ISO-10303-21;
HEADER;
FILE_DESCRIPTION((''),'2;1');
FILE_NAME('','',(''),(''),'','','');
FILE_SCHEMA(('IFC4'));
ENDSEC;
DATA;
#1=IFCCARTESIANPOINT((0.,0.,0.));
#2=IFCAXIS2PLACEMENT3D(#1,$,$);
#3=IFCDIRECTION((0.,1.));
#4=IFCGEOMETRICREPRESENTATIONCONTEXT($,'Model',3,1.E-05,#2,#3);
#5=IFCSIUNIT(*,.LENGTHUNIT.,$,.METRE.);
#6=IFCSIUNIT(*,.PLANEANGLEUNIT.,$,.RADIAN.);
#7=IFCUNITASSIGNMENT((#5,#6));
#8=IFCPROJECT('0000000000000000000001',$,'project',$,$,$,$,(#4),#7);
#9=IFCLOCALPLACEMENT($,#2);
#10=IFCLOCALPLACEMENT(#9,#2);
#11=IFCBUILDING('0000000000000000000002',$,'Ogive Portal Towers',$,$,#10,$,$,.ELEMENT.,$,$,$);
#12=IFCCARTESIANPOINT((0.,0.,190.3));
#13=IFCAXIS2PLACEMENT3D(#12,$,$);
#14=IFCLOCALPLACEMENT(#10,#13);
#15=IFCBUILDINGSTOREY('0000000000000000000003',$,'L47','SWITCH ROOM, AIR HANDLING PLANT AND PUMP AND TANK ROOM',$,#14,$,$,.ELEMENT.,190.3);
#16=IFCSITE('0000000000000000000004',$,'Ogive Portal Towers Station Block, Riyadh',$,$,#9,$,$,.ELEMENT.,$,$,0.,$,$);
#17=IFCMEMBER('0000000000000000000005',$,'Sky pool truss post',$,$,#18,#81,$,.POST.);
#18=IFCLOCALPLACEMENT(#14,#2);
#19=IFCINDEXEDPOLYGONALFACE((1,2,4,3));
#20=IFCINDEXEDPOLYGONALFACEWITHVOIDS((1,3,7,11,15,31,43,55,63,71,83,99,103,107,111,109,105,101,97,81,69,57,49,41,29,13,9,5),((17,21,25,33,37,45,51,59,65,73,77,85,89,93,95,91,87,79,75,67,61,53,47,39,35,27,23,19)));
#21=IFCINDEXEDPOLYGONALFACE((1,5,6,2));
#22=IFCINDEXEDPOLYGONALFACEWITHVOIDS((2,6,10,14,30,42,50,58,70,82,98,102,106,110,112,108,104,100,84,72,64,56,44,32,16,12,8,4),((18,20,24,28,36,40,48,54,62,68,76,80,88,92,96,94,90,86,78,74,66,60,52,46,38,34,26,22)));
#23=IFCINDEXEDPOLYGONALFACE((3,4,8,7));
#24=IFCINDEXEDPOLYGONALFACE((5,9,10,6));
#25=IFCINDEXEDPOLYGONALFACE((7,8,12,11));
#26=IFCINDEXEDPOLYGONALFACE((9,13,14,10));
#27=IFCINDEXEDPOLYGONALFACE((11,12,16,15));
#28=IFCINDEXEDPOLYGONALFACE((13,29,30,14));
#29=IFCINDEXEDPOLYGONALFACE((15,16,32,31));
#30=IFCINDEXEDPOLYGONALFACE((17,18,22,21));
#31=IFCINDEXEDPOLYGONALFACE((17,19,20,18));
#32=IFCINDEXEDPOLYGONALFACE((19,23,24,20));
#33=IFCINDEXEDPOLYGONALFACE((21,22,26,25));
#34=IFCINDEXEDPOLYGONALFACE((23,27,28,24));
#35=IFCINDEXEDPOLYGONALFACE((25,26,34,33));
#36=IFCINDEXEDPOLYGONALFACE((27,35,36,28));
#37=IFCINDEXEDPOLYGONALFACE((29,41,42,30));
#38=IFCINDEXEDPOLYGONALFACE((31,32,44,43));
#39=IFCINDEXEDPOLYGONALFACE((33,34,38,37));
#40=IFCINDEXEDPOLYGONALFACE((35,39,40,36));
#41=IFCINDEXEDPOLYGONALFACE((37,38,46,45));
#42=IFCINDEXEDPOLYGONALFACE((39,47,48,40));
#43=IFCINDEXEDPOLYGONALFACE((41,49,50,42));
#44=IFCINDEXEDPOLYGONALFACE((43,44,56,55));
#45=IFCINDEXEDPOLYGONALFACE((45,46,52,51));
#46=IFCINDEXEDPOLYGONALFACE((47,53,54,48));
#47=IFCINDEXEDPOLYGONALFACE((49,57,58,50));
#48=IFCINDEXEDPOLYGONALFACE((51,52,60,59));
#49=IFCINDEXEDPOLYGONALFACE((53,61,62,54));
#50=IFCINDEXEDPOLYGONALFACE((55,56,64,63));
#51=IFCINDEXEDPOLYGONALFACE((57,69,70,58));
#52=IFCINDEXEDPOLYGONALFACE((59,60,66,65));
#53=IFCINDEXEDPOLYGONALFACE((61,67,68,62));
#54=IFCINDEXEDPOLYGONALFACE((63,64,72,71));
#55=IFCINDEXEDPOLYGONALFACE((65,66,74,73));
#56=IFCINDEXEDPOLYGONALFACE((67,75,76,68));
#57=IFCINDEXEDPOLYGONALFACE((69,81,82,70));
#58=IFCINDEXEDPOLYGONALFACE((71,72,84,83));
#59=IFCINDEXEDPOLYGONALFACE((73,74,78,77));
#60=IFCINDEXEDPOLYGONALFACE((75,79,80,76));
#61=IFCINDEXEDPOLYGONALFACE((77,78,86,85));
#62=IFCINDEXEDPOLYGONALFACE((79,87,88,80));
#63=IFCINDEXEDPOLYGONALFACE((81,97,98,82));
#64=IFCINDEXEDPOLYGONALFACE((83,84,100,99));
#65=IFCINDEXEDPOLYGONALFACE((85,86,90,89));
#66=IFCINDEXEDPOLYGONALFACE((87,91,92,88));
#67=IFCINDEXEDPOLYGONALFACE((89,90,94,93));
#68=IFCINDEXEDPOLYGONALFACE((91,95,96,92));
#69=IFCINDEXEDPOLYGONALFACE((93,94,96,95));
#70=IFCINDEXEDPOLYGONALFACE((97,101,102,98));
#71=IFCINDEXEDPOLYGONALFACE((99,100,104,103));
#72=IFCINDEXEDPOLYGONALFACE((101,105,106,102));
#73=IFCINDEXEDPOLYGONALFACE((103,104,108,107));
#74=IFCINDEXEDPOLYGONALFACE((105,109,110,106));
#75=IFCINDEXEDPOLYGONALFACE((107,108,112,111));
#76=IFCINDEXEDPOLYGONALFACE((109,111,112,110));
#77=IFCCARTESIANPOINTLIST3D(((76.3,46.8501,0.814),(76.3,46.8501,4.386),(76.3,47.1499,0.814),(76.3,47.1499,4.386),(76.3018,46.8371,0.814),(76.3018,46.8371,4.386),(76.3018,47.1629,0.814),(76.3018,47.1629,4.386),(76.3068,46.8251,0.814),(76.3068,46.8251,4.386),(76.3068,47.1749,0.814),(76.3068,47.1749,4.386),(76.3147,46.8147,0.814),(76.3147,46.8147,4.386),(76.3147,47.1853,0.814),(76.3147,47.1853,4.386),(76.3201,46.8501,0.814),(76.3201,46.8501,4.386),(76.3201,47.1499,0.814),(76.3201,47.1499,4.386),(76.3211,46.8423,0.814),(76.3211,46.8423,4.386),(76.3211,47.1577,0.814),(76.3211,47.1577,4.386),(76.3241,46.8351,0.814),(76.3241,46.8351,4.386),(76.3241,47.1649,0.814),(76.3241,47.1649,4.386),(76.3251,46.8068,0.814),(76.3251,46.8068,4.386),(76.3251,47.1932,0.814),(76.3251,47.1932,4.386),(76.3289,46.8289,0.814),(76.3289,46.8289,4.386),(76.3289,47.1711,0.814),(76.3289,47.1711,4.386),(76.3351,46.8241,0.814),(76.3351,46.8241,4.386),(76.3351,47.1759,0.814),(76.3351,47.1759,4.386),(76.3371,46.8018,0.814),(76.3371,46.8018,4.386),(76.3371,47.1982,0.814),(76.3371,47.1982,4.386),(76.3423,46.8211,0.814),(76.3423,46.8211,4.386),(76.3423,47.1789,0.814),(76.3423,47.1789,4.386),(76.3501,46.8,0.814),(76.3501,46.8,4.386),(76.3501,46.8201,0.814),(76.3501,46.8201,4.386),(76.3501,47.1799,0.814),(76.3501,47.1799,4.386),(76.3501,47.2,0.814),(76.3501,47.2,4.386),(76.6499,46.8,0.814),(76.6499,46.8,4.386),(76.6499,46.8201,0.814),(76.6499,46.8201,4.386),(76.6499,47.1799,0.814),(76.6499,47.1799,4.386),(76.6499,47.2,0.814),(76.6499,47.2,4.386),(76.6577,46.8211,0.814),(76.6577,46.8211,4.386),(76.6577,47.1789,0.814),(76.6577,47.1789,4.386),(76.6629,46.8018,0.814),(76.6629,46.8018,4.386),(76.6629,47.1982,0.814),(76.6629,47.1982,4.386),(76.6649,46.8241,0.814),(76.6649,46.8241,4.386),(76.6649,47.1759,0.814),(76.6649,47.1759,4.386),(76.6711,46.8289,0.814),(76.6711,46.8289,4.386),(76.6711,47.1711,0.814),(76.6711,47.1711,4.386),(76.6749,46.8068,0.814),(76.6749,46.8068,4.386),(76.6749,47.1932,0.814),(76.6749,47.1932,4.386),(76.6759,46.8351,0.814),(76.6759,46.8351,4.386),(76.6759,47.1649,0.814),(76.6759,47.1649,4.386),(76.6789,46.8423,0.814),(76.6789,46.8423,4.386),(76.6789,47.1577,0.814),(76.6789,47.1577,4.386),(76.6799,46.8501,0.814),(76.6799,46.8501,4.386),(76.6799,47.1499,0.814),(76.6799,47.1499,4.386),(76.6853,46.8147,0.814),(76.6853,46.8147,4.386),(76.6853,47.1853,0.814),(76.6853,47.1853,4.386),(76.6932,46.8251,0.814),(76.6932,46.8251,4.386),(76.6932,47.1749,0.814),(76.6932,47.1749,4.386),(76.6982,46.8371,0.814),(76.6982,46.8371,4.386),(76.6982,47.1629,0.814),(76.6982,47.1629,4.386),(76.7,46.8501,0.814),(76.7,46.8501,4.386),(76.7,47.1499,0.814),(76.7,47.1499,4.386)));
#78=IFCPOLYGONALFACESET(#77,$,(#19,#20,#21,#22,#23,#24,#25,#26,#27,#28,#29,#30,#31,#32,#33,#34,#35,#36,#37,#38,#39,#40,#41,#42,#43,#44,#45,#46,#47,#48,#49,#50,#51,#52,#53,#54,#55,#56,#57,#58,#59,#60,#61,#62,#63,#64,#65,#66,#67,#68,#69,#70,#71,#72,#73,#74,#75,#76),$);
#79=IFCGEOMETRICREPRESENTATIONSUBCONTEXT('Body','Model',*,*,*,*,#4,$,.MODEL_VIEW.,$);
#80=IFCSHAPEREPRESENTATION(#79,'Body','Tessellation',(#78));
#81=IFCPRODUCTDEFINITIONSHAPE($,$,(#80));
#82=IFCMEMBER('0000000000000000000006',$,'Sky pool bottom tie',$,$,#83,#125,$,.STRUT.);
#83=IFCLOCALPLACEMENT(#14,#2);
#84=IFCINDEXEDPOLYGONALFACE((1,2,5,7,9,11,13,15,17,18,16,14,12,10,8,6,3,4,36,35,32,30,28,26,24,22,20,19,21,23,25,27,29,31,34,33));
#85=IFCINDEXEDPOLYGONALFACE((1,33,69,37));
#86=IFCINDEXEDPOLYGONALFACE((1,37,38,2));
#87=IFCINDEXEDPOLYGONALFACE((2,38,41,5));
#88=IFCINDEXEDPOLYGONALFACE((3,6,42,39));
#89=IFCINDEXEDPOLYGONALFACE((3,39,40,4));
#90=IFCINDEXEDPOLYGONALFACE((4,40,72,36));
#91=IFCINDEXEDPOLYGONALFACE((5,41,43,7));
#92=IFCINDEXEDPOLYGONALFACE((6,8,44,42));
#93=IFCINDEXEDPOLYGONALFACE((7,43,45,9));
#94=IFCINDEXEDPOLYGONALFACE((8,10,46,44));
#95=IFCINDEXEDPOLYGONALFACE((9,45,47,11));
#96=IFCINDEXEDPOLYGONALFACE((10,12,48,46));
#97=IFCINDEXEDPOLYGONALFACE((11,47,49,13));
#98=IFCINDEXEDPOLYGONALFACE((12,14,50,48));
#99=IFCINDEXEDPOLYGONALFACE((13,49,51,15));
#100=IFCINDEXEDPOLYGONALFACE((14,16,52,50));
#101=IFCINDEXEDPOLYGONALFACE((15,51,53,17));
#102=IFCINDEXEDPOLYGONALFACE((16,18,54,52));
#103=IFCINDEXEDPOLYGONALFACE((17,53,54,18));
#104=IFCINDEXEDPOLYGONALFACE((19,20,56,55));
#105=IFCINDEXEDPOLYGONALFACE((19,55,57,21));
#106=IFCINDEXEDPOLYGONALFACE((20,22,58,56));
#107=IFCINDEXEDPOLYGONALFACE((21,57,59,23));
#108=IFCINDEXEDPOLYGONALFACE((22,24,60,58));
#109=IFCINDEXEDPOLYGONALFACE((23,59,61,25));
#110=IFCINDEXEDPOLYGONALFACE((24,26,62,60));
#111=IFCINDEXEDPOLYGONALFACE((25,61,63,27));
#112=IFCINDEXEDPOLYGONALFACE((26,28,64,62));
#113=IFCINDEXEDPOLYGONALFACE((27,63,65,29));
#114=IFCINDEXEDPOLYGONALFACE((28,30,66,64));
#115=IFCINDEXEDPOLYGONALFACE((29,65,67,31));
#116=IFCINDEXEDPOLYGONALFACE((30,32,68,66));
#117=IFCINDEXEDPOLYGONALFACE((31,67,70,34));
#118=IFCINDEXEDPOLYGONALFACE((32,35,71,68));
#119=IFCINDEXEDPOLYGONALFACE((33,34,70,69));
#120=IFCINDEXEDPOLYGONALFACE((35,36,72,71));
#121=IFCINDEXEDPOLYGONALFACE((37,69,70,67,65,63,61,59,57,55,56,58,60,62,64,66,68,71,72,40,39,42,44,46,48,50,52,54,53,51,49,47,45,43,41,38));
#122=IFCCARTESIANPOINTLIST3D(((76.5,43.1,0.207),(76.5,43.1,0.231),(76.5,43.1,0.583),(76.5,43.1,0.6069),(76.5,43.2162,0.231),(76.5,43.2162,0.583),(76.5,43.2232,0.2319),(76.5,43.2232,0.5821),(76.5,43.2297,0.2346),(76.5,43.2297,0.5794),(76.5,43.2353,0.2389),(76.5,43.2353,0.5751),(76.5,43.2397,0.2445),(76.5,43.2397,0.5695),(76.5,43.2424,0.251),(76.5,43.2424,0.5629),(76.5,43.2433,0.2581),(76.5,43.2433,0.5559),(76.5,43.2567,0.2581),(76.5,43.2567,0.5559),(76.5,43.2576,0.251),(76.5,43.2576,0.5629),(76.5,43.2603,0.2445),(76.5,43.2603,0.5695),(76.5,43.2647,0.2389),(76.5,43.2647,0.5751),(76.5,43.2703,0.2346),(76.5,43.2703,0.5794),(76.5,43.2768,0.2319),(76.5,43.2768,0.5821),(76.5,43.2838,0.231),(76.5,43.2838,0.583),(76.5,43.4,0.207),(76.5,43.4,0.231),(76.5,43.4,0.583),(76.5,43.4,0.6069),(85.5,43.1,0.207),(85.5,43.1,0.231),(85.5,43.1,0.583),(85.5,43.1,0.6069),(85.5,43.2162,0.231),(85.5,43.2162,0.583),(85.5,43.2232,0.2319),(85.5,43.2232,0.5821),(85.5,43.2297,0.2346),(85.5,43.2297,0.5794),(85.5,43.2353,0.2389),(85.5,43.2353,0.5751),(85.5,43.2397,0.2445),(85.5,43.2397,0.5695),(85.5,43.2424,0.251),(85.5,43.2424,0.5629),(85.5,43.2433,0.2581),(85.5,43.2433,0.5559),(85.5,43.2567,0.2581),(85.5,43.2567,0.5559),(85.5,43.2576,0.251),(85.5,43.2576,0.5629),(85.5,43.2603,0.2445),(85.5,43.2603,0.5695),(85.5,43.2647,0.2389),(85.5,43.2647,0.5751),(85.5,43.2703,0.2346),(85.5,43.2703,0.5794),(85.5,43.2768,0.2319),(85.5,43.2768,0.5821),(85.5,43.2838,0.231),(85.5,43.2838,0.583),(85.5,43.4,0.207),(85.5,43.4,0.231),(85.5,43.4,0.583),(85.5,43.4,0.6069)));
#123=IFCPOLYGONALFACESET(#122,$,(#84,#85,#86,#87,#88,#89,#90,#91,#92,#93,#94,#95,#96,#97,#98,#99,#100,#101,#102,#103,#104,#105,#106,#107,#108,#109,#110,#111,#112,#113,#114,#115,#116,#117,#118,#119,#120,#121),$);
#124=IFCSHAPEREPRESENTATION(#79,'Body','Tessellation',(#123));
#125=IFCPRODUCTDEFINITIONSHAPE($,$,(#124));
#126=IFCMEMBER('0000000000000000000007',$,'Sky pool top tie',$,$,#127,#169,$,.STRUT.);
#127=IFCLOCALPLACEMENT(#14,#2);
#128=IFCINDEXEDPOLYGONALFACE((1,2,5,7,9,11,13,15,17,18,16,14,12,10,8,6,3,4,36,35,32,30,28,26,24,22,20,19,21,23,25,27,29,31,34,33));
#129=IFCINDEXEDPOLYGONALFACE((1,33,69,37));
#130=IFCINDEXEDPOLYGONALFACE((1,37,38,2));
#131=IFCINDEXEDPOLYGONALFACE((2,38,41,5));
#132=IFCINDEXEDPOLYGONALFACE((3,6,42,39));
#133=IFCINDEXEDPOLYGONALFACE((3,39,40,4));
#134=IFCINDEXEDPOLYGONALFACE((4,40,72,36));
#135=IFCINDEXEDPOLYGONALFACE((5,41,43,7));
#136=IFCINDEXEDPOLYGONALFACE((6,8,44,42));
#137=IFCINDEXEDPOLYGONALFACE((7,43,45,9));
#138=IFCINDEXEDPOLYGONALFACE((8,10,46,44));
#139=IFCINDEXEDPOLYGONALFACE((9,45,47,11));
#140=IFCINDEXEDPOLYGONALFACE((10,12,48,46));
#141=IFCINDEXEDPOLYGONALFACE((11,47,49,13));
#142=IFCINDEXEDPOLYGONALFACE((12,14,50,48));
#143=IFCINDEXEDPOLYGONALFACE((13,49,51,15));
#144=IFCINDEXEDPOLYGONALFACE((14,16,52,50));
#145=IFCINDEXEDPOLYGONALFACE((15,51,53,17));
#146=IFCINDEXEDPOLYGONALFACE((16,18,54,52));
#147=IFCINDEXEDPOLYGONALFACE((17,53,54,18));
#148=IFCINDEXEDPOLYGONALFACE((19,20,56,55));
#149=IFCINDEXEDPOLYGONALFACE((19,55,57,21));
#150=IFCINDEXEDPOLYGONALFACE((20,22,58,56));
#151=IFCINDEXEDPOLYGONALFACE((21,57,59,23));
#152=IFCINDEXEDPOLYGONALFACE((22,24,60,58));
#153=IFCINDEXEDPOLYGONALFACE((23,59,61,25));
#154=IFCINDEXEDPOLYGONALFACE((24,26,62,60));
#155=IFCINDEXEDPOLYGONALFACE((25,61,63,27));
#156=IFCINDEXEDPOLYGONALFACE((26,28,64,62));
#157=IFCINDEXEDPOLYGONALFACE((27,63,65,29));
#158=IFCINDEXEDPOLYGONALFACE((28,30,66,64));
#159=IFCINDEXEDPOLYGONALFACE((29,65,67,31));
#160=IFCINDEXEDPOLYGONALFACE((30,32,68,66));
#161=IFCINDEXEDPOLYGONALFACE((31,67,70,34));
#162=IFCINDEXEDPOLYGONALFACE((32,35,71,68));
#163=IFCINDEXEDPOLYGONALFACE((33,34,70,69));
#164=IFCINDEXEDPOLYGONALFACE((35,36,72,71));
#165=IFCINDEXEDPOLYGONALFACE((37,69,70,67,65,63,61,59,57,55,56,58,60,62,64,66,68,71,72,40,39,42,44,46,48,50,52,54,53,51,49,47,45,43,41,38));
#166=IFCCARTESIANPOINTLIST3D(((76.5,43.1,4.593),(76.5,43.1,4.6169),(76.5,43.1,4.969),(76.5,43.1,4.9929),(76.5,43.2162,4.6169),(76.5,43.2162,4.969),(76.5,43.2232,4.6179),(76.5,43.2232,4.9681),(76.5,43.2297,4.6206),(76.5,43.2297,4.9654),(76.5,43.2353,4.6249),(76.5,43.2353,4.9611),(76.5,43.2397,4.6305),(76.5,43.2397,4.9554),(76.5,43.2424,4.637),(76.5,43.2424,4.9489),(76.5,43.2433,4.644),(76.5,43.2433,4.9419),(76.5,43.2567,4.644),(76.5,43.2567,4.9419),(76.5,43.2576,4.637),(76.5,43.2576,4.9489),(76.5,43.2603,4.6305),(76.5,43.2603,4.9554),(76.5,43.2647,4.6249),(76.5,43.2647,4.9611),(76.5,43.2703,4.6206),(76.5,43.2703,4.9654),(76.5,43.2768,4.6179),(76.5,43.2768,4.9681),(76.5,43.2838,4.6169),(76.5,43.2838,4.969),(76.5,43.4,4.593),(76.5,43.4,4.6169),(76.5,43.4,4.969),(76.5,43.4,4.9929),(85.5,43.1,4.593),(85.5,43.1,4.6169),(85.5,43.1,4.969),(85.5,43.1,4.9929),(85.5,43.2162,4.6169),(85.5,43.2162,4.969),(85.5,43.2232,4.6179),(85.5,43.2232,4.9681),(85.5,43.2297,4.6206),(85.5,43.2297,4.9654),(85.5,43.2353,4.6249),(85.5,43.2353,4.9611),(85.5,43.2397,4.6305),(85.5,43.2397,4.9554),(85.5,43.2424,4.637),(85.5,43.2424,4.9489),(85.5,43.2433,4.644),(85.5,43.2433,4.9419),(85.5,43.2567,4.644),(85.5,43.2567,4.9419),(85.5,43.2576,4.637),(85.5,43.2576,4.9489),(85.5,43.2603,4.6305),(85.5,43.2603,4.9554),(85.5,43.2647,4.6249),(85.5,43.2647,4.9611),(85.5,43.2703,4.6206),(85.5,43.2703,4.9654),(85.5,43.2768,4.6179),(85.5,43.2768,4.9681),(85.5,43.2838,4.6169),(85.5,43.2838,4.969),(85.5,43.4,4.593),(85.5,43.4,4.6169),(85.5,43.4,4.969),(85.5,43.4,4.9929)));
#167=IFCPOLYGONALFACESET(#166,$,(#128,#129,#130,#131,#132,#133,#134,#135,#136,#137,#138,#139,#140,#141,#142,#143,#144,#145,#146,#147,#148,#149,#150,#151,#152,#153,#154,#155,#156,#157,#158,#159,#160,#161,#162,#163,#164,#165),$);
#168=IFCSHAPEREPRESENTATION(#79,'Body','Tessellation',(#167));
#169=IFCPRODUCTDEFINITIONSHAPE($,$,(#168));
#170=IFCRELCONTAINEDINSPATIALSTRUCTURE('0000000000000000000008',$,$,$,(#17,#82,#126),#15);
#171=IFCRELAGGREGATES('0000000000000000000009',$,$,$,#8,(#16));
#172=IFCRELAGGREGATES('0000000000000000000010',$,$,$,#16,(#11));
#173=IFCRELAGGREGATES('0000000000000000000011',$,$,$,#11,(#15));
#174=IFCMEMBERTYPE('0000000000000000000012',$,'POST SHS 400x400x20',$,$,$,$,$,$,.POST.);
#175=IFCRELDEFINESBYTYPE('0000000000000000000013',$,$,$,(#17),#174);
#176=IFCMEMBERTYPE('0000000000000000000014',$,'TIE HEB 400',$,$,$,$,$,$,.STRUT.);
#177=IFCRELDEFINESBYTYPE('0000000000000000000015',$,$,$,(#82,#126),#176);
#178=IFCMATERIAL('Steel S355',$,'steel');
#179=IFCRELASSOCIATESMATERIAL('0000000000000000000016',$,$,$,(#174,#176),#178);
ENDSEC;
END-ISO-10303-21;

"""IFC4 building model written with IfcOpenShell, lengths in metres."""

from ifc_helpers import new_model, si_unit, direction, frame, origin, origin_2d, place, context, subcontext, project, spatial, hollow_rectangle, i_section, extrude, material, material_profile, profile_set, type_object, element, save


model = new_model("IFC4")

# Units and contexts
model_context = context("Model", 3, precision=1e-05, world=origin(), true_north=direction((0.0, 1.0)))
body_context = subcontext(model_context, "Body", "Model", "MODEL_VIEW")
ifc_project = project(units=[si_unit("LENGTHUNIT", "METRE"), si_unit("PLANEANGLEUNIT", "RADIAN")], contexts=[model_context])

# Site, building, storey
site_placement = place(None, origin())
site = spatial("IfcSite", under=ifc_project, at=site_placement, Name="Ogive Portal Towers Station Block, Riyadh", CompositionType="ELEMENT", RefElevation=0.0)
building_placement = place(site_placement, origin())
building = spatial("IfcBuilding", under=site, at=building_placement, Name="Ogive Portal Towers", CompositionType="ELEMENT")
storey_placement = place(building_placement, frame((0.0, 0.0, 190.3)))
storey = spatial("IfcBuildingStorey", under=building, at=storey_placement, Name="L47", Description="SWITCH ROOM, AIR HANDLING PLANT AND PUMP AND TANK ROOM", CompositionType="ELEMENT", Elevation=190.3)

# Members
ifc_material_1 = material(Name="Steel S355", Category="steel")
ifc_material_profile_1 = material_profile(ifc_material_1, hollow_rectangle(XDim=0.3999, YDim=0.3999, WallThickness=0.02, InnerFilletRadius=0.03, OuterFilletRadius=0.05, at=origin_2d()), Name="SHS 400x400x20")
ifc_profile_set_1 = profile_set([ifc_material_profile_1], Name="Steel S355")
member_type_1 = type_object("IfcMemberType", Name="POST SHS 400x400x20", PredefinedType="POST", material=ifc_profile_set_1)
for number, where, z_axis, x_axis, name in (
    (1, (76.5, 47.0, 0.814), (0.0, 0.0, 1.0), (1.0, 0.0, 0.0), "Sky pool truss post"),
):
    element("IfcMember", number, at=place(storey_placement, frame(where, z_axis=z_axis, x_axis=x_axis)), inside=storey, type_object=member_type_1, Name=name, PredefinedType="POST", context=body_context, shape_type="SweptSolid", body=[
        extrude(hollow_rectangle(XDim=0.3999, YDim=0.3999, WallThickness=0.02, InnerFilletRadius=0.03, OuterFilletRadius=0.05, at=origin_2d()), origin(), (0.0, 0.0, 1.0), 3.572),
    ])
ifc_material_profile_2 = material_profile(ifc_material_1, i_section(OverallWidth=0.3, OverallDepth=0.3999, WebThickness=0.0134, FlangeThickness=0.0239, FilletRadius=0.0271, at=origin_2d()), Name="HEB 400")
ifc_profile_set_2 = profile_set([ifc_material_profile_2], Name="Steel S355")
member_type_2 = type_object("IfcMemberType", Name="TIE HEB 400", PredefinedType="STRUT", material=ifc_profile_set_2)
for number, where, z_axis, x_axis, name in (
    (2, (76.5, 43.25, 0.407), (1.0, 0.0, 0.0), (0.0, 1.0, 0.0), "Sky pool bottom tie"),
    (3, (76.5, 43.25, 4.793), (1.0, 0.0, 0.0), (0.0, 1.0, 0.0), "Sky pool top tie"),
):
    element("IfcMember", number, at=place(storey_placement, frame(where, z_axis=z_axis, x_axis=x_axis)), inside=storey, type_object=member_type_2, Name=name, PredefinedType="STRUT", context=body_context, shape_type="SweptSolid", body=[
        extrude(i_section(OverallWidth=0.3, OverallDepth=0.3999, WebThickness=0.0134, FlangeThickness=0.0239, FilletRadius=0.0271, at=origin_2d()), origin(), (0.0, 0.0, 1.0), 9.0),
    ])

save(model, "model.ifc")
